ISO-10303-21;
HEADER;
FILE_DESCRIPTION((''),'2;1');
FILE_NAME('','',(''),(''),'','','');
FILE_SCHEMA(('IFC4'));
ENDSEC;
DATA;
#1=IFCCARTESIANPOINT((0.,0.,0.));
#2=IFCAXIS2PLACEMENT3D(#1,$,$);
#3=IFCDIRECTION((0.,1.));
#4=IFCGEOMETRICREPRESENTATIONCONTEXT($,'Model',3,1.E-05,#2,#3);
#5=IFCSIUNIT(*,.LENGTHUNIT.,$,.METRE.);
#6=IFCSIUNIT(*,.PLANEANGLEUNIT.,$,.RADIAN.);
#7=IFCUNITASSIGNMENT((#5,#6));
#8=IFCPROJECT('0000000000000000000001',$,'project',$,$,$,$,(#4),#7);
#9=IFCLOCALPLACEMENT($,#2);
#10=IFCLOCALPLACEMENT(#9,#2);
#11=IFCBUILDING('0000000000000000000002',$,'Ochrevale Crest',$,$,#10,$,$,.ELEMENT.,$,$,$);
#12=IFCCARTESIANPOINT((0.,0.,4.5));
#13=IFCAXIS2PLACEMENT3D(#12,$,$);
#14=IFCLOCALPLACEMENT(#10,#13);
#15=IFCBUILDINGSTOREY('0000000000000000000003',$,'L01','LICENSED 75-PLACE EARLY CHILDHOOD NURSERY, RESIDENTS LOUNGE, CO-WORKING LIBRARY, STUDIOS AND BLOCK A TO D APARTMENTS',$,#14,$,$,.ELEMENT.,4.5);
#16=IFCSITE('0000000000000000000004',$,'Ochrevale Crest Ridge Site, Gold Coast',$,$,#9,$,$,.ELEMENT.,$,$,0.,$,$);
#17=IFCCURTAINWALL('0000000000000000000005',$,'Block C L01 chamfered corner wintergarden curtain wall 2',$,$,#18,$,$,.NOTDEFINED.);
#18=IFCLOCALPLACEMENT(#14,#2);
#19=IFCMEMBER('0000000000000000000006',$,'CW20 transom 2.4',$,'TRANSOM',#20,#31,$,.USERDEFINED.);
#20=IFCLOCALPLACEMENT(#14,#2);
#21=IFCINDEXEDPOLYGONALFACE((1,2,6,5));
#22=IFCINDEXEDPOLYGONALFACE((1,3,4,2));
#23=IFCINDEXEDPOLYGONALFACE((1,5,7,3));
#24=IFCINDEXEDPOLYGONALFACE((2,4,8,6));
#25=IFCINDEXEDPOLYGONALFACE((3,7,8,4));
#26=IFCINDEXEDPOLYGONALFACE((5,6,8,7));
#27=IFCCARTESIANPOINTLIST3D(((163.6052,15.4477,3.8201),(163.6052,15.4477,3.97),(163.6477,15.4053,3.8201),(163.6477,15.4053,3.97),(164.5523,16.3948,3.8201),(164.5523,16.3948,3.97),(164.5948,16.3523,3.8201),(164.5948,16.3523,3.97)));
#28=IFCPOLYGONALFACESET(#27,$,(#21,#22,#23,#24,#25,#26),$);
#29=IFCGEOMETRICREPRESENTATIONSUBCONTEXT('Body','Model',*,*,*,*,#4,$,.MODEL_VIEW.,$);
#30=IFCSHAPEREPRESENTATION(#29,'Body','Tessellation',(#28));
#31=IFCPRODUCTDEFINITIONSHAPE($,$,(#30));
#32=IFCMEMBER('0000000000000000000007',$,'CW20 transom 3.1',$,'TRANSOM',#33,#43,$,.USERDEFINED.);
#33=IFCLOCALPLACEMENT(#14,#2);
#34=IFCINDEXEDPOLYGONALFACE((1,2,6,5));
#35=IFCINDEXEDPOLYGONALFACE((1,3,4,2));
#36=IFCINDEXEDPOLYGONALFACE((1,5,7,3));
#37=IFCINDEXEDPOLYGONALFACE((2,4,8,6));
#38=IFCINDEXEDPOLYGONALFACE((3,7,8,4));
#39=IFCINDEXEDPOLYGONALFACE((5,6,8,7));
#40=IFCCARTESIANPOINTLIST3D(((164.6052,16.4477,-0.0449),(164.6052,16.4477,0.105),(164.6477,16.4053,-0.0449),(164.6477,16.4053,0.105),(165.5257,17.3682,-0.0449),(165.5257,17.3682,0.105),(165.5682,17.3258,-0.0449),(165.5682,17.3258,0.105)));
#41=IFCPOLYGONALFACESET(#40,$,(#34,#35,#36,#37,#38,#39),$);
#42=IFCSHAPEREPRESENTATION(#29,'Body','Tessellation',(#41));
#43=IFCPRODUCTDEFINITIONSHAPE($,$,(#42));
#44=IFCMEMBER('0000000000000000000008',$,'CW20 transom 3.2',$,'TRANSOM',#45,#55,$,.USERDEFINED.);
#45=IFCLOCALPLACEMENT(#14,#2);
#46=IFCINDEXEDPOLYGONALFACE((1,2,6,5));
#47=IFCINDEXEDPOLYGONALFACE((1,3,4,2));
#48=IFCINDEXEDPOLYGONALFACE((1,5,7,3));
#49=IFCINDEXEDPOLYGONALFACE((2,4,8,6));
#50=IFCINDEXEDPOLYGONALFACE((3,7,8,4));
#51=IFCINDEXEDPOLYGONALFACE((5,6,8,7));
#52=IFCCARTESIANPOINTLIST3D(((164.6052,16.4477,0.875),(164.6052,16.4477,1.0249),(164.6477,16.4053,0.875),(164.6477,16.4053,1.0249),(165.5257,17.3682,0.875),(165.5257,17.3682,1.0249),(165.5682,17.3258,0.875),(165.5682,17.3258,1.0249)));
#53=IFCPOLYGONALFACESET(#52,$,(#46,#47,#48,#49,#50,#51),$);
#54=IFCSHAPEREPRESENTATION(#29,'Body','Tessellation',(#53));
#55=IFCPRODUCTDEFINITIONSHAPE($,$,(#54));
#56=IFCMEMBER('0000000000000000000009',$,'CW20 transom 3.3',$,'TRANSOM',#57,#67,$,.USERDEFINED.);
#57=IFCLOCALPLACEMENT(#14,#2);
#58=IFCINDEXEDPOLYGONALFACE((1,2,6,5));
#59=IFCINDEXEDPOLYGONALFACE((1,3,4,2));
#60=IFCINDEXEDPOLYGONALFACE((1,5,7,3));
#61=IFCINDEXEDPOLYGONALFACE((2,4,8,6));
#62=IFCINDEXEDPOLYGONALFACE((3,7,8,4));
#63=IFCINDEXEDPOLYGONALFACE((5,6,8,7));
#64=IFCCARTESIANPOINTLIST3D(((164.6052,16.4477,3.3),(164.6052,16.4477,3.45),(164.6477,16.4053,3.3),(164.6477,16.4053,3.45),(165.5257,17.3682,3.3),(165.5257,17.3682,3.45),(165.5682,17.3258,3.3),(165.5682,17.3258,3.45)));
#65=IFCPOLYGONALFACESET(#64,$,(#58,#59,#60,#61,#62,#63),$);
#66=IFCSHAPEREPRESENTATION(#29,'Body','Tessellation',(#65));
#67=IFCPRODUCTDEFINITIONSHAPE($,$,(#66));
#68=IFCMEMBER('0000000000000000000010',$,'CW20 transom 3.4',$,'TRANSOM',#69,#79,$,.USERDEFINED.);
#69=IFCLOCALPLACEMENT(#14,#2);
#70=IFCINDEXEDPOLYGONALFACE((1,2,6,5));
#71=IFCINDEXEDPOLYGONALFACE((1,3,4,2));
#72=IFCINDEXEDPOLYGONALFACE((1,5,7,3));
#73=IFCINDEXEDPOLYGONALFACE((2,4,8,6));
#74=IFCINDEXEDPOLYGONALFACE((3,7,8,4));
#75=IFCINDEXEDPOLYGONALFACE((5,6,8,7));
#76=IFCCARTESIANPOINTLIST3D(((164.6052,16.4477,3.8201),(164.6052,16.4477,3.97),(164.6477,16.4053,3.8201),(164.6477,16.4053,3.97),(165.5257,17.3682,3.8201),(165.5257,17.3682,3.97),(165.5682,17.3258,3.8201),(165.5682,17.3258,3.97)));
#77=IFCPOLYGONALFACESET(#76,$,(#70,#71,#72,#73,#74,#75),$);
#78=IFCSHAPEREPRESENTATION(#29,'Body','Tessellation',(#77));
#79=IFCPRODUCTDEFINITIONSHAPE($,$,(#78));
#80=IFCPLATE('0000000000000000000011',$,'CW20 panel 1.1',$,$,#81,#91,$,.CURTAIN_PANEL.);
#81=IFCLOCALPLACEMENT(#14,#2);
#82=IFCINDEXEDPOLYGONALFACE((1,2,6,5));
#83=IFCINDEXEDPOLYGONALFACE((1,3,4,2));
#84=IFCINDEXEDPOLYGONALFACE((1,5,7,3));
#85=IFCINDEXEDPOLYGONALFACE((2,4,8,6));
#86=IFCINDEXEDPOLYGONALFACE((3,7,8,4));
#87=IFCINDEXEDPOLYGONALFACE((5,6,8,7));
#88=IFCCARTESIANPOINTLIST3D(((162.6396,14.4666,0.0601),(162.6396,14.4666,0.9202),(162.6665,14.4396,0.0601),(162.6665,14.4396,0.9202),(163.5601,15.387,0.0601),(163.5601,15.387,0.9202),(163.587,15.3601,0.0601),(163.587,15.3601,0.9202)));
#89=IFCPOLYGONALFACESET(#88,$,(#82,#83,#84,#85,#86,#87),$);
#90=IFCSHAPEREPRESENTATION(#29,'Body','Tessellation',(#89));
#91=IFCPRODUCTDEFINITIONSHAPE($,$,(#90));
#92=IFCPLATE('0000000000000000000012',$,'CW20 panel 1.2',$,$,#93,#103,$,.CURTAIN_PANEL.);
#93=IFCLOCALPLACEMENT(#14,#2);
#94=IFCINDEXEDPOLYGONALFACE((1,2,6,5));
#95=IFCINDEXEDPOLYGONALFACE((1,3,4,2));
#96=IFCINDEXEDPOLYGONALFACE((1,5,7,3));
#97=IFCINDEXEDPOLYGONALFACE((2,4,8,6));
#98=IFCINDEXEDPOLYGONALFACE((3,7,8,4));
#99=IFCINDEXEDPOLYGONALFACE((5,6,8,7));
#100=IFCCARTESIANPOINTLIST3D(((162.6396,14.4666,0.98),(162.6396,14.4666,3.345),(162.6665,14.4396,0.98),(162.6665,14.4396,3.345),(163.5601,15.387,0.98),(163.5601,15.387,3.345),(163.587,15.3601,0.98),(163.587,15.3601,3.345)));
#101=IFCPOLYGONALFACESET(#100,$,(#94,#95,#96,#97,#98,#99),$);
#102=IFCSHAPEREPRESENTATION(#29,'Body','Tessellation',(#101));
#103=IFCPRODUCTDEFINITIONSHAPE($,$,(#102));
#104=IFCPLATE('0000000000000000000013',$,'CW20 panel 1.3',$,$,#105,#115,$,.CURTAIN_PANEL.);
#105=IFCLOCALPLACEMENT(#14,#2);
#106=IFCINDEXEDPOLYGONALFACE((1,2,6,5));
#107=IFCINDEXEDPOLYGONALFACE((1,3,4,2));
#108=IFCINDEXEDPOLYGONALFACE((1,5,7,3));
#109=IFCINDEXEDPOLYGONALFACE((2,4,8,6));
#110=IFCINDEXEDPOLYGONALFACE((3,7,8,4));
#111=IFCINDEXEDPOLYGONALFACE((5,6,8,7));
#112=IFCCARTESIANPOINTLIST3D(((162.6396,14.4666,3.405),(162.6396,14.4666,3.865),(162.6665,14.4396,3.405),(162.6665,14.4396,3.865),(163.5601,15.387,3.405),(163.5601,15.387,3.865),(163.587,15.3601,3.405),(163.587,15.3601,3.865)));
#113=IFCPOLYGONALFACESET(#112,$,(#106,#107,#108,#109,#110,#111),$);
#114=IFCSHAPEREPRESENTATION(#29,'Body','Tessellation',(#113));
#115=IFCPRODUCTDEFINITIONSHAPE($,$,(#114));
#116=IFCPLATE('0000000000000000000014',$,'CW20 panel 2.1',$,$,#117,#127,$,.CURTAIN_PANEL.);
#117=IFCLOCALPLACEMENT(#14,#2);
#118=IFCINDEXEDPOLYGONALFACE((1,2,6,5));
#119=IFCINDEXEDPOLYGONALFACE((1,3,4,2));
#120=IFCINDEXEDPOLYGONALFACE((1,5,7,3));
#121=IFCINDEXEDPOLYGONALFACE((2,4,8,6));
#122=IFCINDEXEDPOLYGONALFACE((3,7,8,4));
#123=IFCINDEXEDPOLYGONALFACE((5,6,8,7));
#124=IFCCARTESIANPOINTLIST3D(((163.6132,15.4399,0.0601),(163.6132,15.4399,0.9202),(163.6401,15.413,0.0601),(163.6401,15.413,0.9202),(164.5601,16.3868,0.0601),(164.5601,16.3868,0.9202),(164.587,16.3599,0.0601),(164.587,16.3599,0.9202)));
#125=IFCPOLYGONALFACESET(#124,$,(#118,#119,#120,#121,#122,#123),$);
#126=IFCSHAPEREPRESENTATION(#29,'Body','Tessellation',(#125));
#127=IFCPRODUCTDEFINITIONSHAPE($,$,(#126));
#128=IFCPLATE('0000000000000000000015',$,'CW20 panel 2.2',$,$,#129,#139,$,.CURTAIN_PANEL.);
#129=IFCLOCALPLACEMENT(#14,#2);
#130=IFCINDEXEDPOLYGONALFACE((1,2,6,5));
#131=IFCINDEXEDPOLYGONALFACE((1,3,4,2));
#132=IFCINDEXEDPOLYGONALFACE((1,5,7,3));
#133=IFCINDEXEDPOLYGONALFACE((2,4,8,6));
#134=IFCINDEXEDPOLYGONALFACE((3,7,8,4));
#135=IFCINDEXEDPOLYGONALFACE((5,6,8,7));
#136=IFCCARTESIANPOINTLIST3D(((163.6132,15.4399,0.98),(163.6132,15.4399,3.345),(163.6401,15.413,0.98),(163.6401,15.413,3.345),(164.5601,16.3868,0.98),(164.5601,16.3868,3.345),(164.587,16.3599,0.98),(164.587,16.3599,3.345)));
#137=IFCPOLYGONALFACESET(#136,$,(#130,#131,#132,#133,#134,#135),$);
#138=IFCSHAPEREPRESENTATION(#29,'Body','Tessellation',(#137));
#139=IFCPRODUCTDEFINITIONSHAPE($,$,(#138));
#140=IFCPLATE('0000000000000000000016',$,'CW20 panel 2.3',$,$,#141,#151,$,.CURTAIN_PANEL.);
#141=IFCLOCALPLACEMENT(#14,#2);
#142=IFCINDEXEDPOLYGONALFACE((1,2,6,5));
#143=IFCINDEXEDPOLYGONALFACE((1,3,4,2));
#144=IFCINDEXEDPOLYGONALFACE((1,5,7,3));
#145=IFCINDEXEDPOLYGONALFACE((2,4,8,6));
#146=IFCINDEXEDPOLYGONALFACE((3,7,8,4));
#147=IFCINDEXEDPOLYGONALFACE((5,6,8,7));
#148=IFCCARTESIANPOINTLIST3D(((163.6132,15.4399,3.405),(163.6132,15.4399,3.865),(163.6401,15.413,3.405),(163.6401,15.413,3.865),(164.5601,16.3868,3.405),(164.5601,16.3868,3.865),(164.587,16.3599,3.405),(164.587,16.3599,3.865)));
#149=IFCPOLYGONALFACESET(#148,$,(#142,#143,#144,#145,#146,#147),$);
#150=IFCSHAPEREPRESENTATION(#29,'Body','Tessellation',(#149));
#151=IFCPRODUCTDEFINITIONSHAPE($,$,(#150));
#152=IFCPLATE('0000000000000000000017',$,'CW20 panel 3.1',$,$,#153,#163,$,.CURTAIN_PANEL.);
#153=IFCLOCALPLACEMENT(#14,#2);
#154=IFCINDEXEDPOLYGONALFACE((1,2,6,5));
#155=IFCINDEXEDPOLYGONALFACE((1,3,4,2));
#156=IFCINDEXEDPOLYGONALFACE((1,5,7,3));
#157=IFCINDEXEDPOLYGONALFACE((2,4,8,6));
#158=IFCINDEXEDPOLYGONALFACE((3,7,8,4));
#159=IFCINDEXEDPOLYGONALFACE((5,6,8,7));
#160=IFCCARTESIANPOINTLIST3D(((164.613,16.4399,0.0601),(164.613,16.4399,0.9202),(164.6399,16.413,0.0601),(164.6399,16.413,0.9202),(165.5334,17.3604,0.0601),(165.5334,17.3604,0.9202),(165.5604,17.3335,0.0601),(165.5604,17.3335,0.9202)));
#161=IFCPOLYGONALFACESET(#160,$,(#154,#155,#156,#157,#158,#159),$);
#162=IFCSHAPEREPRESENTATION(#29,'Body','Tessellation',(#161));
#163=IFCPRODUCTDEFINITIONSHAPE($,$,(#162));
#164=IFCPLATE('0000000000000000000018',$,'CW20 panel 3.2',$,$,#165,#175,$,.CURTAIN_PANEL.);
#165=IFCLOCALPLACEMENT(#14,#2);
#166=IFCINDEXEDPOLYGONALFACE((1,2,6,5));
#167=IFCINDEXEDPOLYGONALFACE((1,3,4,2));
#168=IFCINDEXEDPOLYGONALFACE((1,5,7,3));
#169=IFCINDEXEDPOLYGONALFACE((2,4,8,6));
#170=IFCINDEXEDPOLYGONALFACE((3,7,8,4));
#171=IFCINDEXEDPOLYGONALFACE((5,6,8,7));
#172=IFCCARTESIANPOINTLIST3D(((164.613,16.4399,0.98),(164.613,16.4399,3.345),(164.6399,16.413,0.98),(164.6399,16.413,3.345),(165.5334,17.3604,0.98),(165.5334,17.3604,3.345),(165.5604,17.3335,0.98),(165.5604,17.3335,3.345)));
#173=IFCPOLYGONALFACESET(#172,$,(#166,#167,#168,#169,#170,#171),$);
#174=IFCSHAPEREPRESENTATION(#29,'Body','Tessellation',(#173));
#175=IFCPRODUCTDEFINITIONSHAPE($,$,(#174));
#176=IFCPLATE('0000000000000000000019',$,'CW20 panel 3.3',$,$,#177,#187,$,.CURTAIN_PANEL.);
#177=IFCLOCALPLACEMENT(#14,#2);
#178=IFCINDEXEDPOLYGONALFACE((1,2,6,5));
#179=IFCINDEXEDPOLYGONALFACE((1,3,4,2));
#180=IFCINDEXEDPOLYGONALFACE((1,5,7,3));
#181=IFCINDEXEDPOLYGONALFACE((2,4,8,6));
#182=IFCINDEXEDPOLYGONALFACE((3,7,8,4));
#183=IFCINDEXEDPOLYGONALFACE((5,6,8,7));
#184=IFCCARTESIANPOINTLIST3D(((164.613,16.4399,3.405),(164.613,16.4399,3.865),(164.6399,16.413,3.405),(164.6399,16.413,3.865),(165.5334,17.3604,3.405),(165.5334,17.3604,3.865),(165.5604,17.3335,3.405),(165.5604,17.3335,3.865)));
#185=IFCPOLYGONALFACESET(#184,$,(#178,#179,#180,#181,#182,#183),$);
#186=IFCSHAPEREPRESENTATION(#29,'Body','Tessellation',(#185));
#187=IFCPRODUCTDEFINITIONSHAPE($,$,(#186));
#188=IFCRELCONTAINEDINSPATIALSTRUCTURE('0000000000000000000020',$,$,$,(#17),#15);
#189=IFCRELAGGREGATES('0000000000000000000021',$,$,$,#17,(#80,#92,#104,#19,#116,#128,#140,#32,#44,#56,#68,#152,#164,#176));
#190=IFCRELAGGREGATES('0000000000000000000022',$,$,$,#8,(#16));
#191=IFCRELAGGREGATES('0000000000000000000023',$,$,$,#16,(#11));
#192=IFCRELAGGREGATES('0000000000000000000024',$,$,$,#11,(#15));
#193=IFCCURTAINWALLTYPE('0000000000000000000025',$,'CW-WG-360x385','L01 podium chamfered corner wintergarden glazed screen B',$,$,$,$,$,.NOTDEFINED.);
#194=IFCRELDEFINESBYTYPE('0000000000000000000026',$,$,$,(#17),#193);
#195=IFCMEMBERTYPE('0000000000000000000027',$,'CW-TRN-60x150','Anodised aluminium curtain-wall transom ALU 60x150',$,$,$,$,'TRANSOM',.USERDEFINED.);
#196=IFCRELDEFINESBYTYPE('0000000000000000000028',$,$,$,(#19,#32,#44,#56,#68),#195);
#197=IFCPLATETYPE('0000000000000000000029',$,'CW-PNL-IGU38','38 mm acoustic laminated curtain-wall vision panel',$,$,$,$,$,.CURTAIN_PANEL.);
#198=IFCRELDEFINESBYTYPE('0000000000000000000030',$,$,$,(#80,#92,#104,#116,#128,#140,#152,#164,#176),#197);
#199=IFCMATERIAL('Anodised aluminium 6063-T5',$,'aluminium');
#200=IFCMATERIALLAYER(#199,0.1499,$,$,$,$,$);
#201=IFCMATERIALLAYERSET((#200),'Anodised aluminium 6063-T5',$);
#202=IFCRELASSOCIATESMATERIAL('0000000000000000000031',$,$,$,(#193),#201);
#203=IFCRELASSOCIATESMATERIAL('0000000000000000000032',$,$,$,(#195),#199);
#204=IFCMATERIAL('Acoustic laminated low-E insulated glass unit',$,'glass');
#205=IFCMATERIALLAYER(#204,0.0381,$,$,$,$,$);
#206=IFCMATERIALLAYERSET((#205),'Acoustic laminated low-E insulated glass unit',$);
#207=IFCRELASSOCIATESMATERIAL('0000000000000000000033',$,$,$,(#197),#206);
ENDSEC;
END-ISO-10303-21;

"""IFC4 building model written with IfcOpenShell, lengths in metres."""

from ifc_helpers import new_model, si_unit, direction, frame, origin, origin_2d, place, context, subcontext, project, spatial, rectangle, extrude, material, layer, layer_set, material_profile, profile_set, type_object, element, aggregate, save


model = new_model("IFC4")

# Units and contexts
model_context = context("Model", 3, precision=1e-05, world=origin(), true_north=direction((0.0, 1.0)))
body_context = subcontext(model_context, "Body", "Model", "MODEL_VIEW")
ifc_project = project(units=[si_unit("LENGTHUNIT", "METRE"), si_unit("PLANEANGLEUNIT", "RADIAN")], contexts=[model_context])

# Site, building, storey
site_placement = place(None, origin())
site = spatial("IfcSite", under=ifc_project, at=site_placement, Name="Ochrevale Crest Ridge Site, Gold Coast", CompositionType="ELEMENT", RefElevation=0.0)
building_placement = place(site_placement, origin())
building = spatial("IfcBuilding", under=site, at=building_placement, Name="Ochrevale Crest", CompositionType="ELEMENT")
storey_placement = place(building_placement, frame((0.0, 0.0, 4.5)))
storey = spatial("IfcBuildingStorey", under=building, at=storey_placement, Name="L01", Description="LICENSED 75-PLACE EARLY CHILDHOOD NURSERY, RESIDENTS LOUNGE, CO-WORKING LIBRARY, STUDIOS AND BLOCK A TO D APARTMENTS", CompositionType="ELEMENT", Elevation=4.5)

# Curtain wall, members, plates
ifc_material_1 = material(Name="Anodised aluminium 6063-T5", Category="aluminium")
ifc_layer_1 = layer(ifc_material_1, 0.1499)
ifc_layer_set_1 = layer_set([ifc_layer_1], Name="Anodised aluminium 6063-T5")
curtain_wall_type = type_object("IfcCurtainWallType", Name="CW-WG-360x385", Description="L01 podium chamfered corner wintergarden glazed screen B", PredefinedType="NOTDEFINED", material=ifc_layer_set_1)
curtain_wall_placement = place(storey_placement, origin())
curtain_wall = element("IfcCurtainWall", 1, at=curtain_wall_placement, inside=storey, type_object=curtain_wall_type, Name="Block C L01 chamfered corner wintergarden curtain wall 2", PredefinedType="NOTDEFINED")
ifc_material_profile_1 = material_profile(ifc_material_1, rectangle(XDim=0.0601, YDim=0.1499, at=origin_2d()), Name="ALU 60x150")
ifc_profile_set_1 = profile_set([ifc_material_profile_1], Name="Anodised aluminium 6063-T5")
member_type_1 = type_object("IfcMemberType", Name="CW-TRN-60x150", Description="Anodised aluminium curtain-wall transom ALU 60x150", ElementType="TRANSOM", PredefinedType="USERDEFINED", material=ifc_profile_set_1)
member_1_placement = place(storey_placement, frame((163.6265, 15.4265, 3.895), z_axis=(0.707107, 0.707107, 0.0), x_axis=(-0.707107, 0.707107, 0.0)))
member_1 = element("IfcMember", 2, at=member_1_placement, type_object=member_type_1, Name="CW20 transom 2.4", ObjectType="TRANSOM", PredefinedType="USERDEFINED", context=body_context, shape_type="SweptSolid", body=[
    extrude(rectangle(XDim=0.0601, YDim=0.1499, at=origin_2d()), origin(), (0.0, 0.0, 1.0), 1.3394),
])
member_2_placement = place(storey_placement, frame((164.6265, 16.4265, 0.03), z_axis=(0.707107, 0.707107, 0.0), x_axis=(-0.707107, 0.707107, 0.0)))
member_2 = element("IfcMember", 3, at=member_2_placement, type_object=member_type_1, Name="CW20 transom 3.1", ObjectType="TRANSOM", PredefinedType="USERDEFINED", context=body_context, shape_type="SweptSolid", body=[
    extrude(rectangle(XDim=0.0601, YDim=0.1499, at=origin_2d()), origin(), (0.0, 0.0, 1.0), 1.3018),
])
member_3_placement = place(storey_placement, frame((164.6265, 16.4265, 0.95), z_axis=(0.707107, 0.707107, 0.0), x_axis=(-0.707107, 0.707107, 0.0)))
member_3 = element("IfcMember", 4, at=member_3_placement, type_object=member_type_1, Name="CW20 transom 3.2", ObjectType="TRANSOM", PredefinedType="USERDEFINED", context=body_context, shape_type="SweptSolid", body=[
    extrude(rectangle(XDim=0.0601, YDim=0.1499, at=origin_2d()), origin(), (0.0, 0.0, 1.0), 1.3018),
])
member_4_placement = place(storey_placement, frame((164.6265, 16.4265, 3.375), z_axis=(0.707107, 0.707107, 0.0), x_axis=(-0.707107, 0.707107, 0.0)))
member_4 = element("IfcMember", 5, at=member_4_placement, type_object=member_type_1, Name="CW20 transom 3.3", ObjectType="TRANSOM", PredefinedType="USERDEFINED", context=body_context, shape_type="SweptSolid", body=[
    extrude(rectangle(XDim=0.0601, YDim=0.1499, at=origin_2d()), origin(), (0.0, 0.0, 1.0), 1.3018),
])
member_5_placement = place(storey_placement, frame((164.6265, 16.4265, 3.895), z_axis=(0.707107, 0.707107, 0.0), x_axis=(-0.707107, 0.707107, 0.0)))
member_5 = element("IfcMember", 6, at=member_5_placement, type_object=member_type_1, Name="CW20 transom 3.4", ObjectType="TRANSOM", PredefinedType="USERDEFINED", context=body_context, shape_type="SweptSolid", body=[
    extrude(rectangle(XDim=0.0601, YDim=0.1499, at=origin_2d()), origin(), (0.0, 0.0, 1.0), 1.3018),
])
ifc_material_2 = material(Name="Acoustic laminated low-E insulated glass unit", Category="glass")
ifc_layer_2 = layer(ifc_material_2, 0.0381)
ifc_layer_set_2 = layer_set([ifc_layer_2], Name="Acoustic laminated low-E insulated glass unit")
plate_type = type_object("IfcPlateType", Name="CW-PNL-IGU38", Description="38 mm acoustic laminated curtain-wall vision panel", PredefinedType="CURTAIN_PANEL", material=ifc_layer_set_2)
plate_1_placement = place(storey_placement, frame((163.1133, 14.9133, 0.0601), z_axis=(0.0, 0.0, 1.0), x_axis=(0.707107, 0.707107, 0.0)))
plate_1 = element("IfcPlate", 7, at=plate_1_placement, type_object=plate_type, Name="CW20 panel 1.1", PredefinedType="CURTAIN_PANEL", context=body_context, shape_type="SweptSolid", body=[
    extrude(rectangle(XDim=1.3018, YDim=0.0381, at=origin_2d()), origin(), (0.0, 0.0, 1.0), 0.8601),
])
plate_2_placement = place(storey_placement, frame((163.1133, 14.9133, 0.98), z_axis=(0.0, 0.0, 1.0), x_axis=(0.707107, 0.707107, 0.0)))
plate_2 = element("IfcPlate", 8, at=plate_2_placement, type_object=plate_type, Name="CW20 panel 1.2", PredefinedType="CURTAIN_PANEL", context=body_context, shape_type="SweptSolid", body=[
    extrude(rectangle(XDim=1.3018, YDim=0.0381, at=origin_2d()), origin(), (0.0, 0.0, 1.0), 2.365),
])
plate_3_placement = place(storey_placement, frame((163.1133, 14.9133, 3.405), z_axis=(0.0, 0.0, 1.0), x_axis=(0.707107, 0.707107, 0.0)))
plate_3 = element("IfcPlate", 9, at=plate_3_placement, type_object=plate_type, Name="CW20 panel 1.3", PredefinedType="CURTAIN_PANEL", context=body_context, shape_type="SweptSolid", body=[
    extrude(rectangle(XDim=1.3018, YDim=0.0381, at=origin_2d()), origin(), (0.0, 0.0, 1.0), 0.46),
])
plate_4_placement = place(storey_placement, frame((164.1001, 15.8999, 0.0601), z_axis=(0.0, 0.0, 1.0), x_axis=(0.707107, 0.707107, 0.0)))
plate_4 = element("IfcPlate", 10, at=plate_4_placement, type_object=plate_type, Name="CW20 panel 2.1", PredefinedType="CURTAIN_PANEL", context=body_context, shape_type="SweptSolid", body=[
    extrude(rectangle(XDim=1.3391, YDim=0.0381, at=origin_2d()), origin(), (0.0, 0.0, 1.0), 0.8601),
])
plate_5_placement = place(storey_placement, frame((164.1001, 15.8999, 0.98), z_axis=(0.0, 0.0, 1.0), x_axis=(0.707107, 0.707107, 0.0)))
plate_5 = element("IfcPlate", 11, at=plate_5_placement, type_object=plate_type, Name="CW20 panel 2.2", PredefinedType="CURTAIN_PANEL", context=body_context, shape_type="SweptSolid", body=[
    extrude(rectangle(XDim=1.3391, YDim=0.0381, at=origin_2d()), origin(), (0.0, 0.0, 1.0), 2.365),
])
plate_6_placement = place(storey_placement, frame((164.1001, 15.8999, 3.405), z_axis=(0.0, 0.0, 1.0), x_axis=(0.707107, 0.707107, 0.0)))
plate_6 = element("IfcPlate", 12, at=plate_6_placement, type_object=plate_type, Name="CW20 panel 2.3", PredefinedType="CURTAIN_PANEL", context=body_context, shape_type="SweptSolid", body=[
    extrude(rectangle(XDim=1.3391, YDim=0.0381, at=origin_2d()), origin(), (0.0, 0.0, 1.0), 0.46),
])
plate_7_placement = place(storey_placement, frame((165.0867, 16.8867, 0.0601), z_axis=(0.0, 0.0, 1.0), x_axis=(0.707107, 0.707107, 0.0)))
plate_7 = element("IfcPlate", 13, at=plate_7_placement, type_object=plate_type, Name="CW20 panel 3.1", PredefinedType="CURTAIN_PANEL", context=body_context, shape_type="SweptSolid", body=[
    extrude(rectangle(XDim=1.3018, YDim=0.0381, at=origin_2d()), origin(), (0.0, 0.0, 1.0), 0.8601),
])
plate_8_placement = place(storey_placement, frame((165.0867, 16.8867, 0.98), z_axis=(0.0, 0.0, 1.0), x_axis=(0.707107, 0.707107, 0.0)))
plate_8 = element("IfcPlate", 14, at=plate_8_placement, type_object=plate_type, Name="CW20 panel 3.2", PredefinedType="CURTAIN_PANEL", context=body_context, shape_type="SweptSolid", body=[
    extrude(rectangle(XDim=1.3018, YDim=0.0381, at=origin_2d()), origin(), (0.0, 0.0, 1.0), 2.365),
])
plate_9_placement = place(storey_placement, frame((165.0867, 16.8867, 3.405), z_axis=(0.0, 0.0, 1.0), x_axis=(0.707107, 0.707107, 0.0)))
plate_9 = element("IfcPlate", 15, at=plate_9_placement, type_object=plate_type, Name="CW20 panel 3.3", PredefinedType="CURTAIN_PANEL", context=body_context, shape_type="SweptSolid", body=[
    extrude(rectangle(XDim=1.3018, YDim=0.0381, at=origin_2d()), origin(), (0.0, 0.0, 1.0), 0.46),
])
aggregate(curtain_wall, [plate_1, plate_2, plate_3, member_1, plate_4, plate_5, plate_6, member_2, member_3, member_4, member_5, plate_7, plate_8, plate_9])

save(model, "model.ifc")
